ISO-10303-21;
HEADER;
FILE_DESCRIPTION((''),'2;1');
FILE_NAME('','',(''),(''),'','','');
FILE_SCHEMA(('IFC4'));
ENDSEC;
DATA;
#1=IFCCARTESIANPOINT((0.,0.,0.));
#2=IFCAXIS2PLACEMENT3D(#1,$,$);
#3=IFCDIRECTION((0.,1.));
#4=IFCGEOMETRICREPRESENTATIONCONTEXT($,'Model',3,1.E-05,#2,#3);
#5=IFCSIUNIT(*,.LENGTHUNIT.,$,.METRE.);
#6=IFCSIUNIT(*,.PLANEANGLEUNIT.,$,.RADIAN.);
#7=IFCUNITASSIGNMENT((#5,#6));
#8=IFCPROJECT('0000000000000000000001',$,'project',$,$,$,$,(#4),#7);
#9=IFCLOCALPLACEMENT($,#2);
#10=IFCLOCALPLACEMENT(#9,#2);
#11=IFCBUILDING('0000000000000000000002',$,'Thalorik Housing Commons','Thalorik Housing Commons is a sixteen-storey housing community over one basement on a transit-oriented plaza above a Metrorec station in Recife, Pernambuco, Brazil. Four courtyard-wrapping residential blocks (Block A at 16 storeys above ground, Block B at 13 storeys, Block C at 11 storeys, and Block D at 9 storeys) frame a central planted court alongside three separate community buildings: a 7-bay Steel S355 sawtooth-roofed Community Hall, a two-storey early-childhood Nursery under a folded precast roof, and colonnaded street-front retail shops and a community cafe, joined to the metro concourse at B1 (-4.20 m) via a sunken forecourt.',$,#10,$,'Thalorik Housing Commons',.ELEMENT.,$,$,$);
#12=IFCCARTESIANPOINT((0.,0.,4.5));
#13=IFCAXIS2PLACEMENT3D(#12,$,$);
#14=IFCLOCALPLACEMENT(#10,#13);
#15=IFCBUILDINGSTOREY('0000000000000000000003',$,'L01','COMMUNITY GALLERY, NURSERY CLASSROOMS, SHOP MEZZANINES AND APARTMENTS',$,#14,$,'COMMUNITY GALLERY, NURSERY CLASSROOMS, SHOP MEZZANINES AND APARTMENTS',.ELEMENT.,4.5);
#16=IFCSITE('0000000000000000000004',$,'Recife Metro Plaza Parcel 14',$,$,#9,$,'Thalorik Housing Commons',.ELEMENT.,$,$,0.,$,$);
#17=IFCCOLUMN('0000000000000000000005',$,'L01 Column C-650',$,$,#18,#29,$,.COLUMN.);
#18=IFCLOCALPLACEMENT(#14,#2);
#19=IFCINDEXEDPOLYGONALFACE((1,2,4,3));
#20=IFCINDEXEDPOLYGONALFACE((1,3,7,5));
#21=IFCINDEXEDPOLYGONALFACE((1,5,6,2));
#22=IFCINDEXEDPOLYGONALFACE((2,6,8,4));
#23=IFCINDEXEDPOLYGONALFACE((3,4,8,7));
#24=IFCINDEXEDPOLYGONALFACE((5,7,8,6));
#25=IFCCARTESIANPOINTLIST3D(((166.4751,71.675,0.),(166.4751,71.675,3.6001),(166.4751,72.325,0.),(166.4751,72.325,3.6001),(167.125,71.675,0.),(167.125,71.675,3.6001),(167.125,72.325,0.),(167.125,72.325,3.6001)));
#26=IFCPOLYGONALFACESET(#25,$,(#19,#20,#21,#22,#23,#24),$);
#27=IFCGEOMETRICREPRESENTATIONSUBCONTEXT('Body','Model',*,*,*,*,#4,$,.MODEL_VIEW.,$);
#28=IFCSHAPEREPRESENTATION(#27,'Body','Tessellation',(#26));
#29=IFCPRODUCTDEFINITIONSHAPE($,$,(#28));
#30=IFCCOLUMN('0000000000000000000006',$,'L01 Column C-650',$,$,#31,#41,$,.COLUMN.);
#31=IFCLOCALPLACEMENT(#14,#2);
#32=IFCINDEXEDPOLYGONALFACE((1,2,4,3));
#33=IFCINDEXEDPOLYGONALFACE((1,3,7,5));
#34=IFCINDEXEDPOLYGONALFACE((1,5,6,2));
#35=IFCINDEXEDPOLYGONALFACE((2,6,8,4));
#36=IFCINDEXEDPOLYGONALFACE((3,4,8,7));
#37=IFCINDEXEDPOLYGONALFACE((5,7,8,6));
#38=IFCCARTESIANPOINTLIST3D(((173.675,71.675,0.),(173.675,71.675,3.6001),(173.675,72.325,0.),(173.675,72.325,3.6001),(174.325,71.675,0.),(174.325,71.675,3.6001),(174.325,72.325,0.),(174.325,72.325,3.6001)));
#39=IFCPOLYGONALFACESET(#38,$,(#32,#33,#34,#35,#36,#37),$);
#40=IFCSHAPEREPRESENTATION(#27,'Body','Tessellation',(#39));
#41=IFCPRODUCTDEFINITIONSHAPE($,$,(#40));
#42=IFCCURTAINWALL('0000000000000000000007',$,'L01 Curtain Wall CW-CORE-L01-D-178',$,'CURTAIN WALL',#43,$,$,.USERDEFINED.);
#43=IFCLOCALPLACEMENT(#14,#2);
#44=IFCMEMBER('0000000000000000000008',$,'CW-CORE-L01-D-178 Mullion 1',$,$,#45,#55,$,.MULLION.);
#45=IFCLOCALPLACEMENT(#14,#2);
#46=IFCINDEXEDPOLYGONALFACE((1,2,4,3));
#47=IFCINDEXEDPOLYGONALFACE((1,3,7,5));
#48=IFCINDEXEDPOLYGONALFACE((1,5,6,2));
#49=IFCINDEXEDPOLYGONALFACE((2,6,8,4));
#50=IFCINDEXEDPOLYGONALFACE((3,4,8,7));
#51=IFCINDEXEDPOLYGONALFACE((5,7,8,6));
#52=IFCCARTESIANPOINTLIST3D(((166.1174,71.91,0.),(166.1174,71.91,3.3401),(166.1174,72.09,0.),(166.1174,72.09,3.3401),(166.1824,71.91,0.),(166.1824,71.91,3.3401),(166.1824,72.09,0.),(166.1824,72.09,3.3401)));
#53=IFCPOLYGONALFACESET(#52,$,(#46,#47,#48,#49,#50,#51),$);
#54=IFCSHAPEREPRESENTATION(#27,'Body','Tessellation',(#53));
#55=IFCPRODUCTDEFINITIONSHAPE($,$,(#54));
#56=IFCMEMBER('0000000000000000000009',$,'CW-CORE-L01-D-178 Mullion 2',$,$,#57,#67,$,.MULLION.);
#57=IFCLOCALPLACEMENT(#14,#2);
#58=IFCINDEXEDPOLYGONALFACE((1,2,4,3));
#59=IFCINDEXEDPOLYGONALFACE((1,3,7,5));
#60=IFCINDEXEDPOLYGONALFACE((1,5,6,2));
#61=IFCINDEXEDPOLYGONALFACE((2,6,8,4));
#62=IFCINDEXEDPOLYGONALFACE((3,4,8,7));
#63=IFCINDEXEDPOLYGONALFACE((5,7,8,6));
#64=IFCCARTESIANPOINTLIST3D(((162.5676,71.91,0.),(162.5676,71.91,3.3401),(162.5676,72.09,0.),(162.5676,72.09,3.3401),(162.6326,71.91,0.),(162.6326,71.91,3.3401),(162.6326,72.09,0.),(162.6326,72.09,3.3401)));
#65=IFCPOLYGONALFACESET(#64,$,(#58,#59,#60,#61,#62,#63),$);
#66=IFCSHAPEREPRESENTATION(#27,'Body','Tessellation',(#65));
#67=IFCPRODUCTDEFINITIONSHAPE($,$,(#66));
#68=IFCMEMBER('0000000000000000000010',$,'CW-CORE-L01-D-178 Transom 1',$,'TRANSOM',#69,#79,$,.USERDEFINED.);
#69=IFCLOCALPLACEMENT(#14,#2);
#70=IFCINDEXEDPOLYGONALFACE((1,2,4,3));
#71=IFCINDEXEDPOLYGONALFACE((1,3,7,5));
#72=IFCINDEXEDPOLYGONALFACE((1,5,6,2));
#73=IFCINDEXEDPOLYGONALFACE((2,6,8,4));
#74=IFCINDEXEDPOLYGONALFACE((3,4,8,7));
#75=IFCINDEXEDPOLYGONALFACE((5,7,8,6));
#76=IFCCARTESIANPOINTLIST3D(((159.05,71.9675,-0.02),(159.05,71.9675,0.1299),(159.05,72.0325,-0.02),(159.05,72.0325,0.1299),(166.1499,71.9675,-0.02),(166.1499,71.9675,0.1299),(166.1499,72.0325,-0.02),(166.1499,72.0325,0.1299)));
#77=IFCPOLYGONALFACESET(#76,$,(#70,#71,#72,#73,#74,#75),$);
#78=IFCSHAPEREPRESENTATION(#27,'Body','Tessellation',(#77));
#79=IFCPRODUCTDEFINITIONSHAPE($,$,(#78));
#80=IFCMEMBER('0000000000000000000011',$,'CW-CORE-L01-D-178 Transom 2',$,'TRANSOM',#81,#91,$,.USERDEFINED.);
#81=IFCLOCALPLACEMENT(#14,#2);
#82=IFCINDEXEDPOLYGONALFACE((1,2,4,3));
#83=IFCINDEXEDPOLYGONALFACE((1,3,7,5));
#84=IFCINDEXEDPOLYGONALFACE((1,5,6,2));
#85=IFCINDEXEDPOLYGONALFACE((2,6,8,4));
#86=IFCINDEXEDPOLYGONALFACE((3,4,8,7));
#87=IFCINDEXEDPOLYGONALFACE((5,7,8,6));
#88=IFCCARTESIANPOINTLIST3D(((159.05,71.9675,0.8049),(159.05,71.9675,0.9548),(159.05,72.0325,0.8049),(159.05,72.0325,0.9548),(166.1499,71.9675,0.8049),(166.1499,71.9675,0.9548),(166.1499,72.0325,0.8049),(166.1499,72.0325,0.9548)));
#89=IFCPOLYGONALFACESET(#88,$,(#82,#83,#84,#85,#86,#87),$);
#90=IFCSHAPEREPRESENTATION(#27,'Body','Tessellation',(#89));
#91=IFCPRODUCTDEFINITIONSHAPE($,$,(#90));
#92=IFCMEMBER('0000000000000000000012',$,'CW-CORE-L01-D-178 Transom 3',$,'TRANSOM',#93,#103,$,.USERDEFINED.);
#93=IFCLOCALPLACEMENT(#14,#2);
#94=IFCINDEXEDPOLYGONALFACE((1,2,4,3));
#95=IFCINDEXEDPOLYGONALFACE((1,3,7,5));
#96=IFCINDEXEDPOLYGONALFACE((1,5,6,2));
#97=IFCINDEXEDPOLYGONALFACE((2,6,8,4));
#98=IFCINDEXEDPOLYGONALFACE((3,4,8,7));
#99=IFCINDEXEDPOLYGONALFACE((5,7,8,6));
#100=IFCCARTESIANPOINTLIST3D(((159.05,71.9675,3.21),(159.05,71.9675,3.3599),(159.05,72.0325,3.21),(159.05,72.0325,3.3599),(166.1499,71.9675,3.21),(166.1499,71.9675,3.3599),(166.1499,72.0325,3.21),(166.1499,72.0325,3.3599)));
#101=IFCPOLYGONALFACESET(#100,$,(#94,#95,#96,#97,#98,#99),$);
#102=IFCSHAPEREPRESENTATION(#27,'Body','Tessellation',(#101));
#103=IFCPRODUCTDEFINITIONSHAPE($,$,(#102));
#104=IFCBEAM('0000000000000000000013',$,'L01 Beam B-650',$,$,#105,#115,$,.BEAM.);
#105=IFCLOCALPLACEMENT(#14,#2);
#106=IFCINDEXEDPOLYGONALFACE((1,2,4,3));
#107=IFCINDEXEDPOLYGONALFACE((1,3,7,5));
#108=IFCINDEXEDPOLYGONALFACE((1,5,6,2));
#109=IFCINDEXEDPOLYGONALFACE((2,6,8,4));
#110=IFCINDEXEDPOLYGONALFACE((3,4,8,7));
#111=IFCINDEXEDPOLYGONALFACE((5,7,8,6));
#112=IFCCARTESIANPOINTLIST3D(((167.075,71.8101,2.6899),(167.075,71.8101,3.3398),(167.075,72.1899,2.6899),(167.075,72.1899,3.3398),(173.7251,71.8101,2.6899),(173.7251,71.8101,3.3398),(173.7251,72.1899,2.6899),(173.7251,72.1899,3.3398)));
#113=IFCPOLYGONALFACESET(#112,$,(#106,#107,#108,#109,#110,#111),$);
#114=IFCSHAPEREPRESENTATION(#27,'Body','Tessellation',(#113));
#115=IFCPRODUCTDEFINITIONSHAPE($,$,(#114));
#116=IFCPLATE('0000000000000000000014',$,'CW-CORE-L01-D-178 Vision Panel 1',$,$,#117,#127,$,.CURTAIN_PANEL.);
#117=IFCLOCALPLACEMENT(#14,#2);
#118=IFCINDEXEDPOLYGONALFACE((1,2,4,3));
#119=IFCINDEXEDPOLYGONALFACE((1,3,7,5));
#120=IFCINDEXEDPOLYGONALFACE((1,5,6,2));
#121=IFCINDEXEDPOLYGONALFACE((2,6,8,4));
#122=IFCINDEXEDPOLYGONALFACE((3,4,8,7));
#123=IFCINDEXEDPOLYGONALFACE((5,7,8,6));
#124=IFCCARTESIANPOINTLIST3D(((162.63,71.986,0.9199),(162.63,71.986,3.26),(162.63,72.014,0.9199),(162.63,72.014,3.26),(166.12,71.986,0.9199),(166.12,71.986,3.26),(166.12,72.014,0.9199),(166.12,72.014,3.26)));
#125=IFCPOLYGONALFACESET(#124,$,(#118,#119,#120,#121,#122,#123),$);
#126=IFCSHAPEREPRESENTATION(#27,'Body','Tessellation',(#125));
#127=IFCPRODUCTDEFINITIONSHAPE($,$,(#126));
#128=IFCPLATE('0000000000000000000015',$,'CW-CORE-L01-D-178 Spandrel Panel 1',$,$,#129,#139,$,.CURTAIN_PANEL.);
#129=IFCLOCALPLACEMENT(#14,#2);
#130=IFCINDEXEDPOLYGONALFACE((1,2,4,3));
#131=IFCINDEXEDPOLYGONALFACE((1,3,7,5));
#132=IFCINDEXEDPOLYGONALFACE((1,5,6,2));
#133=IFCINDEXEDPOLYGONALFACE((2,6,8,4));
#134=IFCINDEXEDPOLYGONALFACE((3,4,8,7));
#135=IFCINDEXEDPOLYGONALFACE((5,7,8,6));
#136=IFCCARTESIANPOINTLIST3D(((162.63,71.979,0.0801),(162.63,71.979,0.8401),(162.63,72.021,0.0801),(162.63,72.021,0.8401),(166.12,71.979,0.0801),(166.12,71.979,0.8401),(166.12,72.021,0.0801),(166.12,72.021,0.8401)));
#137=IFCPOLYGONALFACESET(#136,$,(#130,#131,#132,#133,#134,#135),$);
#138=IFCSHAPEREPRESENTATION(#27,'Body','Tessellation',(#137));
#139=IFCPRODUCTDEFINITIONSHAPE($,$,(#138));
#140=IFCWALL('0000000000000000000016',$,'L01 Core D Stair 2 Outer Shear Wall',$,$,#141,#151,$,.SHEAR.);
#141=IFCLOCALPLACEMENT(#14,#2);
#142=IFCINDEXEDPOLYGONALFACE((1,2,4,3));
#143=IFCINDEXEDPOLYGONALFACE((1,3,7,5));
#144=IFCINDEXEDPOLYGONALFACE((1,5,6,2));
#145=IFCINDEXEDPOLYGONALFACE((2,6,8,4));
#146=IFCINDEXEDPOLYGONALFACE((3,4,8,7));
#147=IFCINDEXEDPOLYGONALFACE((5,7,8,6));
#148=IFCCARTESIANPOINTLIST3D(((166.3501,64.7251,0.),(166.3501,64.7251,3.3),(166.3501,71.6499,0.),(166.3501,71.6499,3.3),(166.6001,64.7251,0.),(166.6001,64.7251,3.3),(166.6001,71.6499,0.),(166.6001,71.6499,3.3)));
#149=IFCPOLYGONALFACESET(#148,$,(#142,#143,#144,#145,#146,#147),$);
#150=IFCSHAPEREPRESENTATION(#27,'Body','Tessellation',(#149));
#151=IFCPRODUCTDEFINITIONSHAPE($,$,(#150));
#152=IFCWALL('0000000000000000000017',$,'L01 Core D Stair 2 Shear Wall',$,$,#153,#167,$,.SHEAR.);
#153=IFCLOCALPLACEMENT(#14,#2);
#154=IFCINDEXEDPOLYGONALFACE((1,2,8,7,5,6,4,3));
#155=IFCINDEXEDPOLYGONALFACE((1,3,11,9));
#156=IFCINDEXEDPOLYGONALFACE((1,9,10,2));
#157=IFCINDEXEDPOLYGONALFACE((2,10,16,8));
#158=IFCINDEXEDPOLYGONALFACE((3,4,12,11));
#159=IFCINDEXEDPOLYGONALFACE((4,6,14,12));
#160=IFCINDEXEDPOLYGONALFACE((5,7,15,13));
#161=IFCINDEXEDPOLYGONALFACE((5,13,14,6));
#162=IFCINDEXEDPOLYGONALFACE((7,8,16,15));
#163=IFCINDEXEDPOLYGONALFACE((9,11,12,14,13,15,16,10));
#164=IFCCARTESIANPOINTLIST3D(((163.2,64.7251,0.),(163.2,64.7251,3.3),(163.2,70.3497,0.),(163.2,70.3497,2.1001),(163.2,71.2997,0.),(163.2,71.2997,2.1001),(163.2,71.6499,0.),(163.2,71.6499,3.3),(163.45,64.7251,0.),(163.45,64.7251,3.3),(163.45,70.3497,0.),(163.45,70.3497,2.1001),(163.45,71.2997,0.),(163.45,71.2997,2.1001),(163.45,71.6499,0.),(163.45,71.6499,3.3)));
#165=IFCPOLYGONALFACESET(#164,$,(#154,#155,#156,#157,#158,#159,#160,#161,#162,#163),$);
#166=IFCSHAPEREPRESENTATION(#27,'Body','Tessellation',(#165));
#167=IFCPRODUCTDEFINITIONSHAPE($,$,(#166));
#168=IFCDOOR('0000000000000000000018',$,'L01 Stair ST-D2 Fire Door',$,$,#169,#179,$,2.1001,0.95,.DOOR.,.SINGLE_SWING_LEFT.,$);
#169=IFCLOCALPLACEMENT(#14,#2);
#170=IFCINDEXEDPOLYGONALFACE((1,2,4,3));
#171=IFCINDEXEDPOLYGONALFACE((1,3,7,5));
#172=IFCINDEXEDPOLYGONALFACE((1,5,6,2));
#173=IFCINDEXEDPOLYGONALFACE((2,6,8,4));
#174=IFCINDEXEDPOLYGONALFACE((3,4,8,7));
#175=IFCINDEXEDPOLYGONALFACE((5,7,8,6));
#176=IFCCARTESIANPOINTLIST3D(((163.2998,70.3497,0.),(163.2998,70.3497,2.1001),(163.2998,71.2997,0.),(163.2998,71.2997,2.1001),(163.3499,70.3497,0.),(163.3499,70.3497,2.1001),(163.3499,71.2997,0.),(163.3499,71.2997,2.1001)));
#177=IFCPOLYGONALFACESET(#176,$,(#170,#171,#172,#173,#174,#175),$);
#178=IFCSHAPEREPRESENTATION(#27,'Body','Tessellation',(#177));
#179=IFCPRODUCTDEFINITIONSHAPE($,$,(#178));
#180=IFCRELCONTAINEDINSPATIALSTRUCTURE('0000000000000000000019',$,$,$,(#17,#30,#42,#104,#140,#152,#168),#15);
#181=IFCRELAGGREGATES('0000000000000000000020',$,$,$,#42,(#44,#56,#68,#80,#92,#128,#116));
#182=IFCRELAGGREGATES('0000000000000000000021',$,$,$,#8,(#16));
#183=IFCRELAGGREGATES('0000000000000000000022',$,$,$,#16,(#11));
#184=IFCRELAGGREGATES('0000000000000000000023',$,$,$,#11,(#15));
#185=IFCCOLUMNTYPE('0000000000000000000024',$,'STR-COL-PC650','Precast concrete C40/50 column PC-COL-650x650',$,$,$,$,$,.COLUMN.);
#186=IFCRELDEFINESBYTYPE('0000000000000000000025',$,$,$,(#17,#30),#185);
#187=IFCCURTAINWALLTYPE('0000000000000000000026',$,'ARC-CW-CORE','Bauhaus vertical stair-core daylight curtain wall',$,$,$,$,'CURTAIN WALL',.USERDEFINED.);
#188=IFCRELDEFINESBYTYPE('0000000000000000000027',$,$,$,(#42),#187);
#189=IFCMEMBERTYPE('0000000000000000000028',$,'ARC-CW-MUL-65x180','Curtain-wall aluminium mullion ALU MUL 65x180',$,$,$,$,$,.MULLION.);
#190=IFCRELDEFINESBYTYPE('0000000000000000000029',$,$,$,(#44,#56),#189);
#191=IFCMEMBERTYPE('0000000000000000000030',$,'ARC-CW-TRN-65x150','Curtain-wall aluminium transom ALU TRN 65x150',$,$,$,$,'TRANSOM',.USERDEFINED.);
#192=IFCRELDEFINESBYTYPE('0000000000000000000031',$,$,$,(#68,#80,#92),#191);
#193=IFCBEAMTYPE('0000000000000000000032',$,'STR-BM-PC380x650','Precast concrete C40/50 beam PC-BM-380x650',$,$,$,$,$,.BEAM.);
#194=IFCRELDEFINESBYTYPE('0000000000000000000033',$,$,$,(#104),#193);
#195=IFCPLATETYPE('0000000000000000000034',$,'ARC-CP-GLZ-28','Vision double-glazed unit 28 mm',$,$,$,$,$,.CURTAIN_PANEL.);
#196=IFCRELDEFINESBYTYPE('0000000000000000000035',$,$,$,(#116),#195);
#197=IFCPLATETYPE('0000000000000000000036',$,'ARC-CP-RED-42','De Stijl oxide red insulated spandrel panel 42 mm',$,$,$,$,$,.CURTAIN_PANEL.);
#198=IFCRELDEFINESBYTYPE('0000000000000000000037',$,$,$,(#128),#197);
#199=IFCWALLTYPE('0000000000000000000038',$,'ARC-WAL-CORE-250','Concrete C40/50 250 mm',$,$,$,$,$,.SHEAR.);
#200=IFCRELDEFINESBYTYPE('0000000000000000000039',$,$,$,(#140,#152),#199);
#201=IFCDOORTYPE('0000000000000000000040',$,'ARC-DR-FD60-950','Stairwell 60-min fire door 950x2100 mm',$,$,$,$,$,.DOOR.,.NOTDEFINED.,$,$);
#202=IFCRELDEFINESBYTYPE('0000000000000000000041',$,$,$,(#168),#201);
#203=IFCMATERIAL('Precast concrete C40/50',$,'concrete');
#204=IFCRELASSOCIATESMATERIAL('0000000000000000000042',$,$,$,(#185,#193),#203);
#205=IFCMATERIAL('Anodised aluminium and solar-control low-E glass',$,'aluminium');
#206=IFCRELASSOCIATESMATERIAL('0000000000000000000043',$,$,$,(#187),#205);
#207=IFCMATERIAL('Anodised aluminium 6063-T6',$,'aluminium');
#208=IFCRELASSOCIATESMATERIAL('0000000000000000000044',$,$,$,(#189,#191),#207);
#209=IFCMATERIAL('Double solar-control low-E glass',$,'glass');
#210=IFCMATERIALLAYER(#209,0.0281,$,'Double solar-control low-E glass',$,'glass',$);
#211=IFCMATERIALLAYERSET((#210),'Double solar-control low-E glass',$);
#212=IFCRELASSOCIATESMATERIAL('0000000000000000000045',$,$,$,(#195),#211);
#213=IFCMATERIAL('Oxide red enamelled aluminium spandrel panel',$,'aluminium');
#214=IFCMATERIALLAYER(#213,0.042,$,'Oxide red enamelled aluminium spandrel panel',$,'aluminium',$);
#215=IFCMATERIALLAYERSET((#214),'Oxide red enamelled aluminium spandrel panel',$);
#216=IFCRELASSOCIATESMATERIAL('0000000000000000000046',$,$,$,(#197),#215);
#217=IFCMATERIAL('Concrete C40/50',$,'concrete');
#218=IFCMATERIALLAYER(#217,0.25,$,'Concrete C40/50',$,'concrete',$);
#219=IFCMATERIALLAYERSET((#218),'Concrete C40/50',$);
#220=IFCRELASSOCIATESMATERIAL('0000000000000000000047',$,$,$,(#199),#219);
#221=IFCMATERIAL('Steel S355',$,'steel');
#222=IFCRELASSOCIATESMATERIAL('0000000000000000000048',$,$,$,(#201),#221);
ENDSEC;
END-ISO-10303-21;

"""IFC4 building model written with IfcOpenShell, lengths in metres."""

from ifc_helpers import new_model, si_unit, direction, frame, frame_2d, origin, origin_2d, place, context, subcontext, project, spatial, rectangle, extrude, material, layer, layer_set, material_profile, profile_set, type_object, element, fill, aggregate, save


model = new_model("IFC4")

# Units and contexts
model_context = context("Model", 3, precision=1e-05, world=origin(), true_north=direction((0.0, 1.0)))
body_context = subcontext(model_context, "Body", "Model", "MODEL_VIEW")
ifc_project = project(units=[si_unit("LENGTHUNIT", "METRE"), si_unit("PLANEANGLEUNIT", "RADIAN")], contexts=[model_context])

# Site, building, storey
site_placement = place(None, origin())
site = spatial("IfcSite", under=ifc_project, at=site_placement, Name="Recife Metro Plaza Parcel 14", LongName="Thalorik Housing Commons", CompositionType="ELEMENT", RefElevation=0.0)
building_placement = place(site_placement, origin())
building = spatial("IfcBuilding", under=site, at=building_placement, Name="Thalorik Housing Commons", Description="Thalorik Housing Commons is a sixteen-storey housing community over one basement on a transit-oriented plaza above a Metrorec station in Recife, Pernambuco, Brazil. Four courtyard-wrapping residential blocks (Block A at 16 storeys above ground, Block B at 13 storeys, Block C at 11 storeys, and Block D at 9 storeys) frame a central planted court alongside three separate community buildings: a 7-bay Steel S355 sawtooth-roofed Community Hall, a two-storey early-childhood Nursery under a folded precast roof, and colonnaded street-front retail shops and a community cafe, joined to the metro concourse at B1 (-4.20 m) via a sunken forecourt.", LongName="Thalorik Housing Commons", CompositionType="ELEMENT")
storey_placement = place(building_placement, frame((0.0, 0.0, 4.5)))
storey = spatial("IfcBuildingStorey", under=building, at=storey_placement, Name="L01", Description="COMMUNITY GALLERY, NURSERY CLASSROOMS, SHOP MEZZANINES AND APARTMENTS", LongName="COMMUNITY GALLERY, NURSERY CLASSROOMS, SHOP MEZZANINES AND APARTMENTS", CompositionType="ELEMENT", Elevation=4.5)

# Columns
ifc_material_1 = material(Name="Precast concrete C40/50", Category="concrete")
ifc_material_profile_1 = material_profile(ifc_material_1, rectangle(XDim=0.6499, YDim=0.6499, at=origin_2d()), Name="PC 650x650", Category="concrete")
ifc_profile_set_1 = profile_set([ifc_material_profile_1], Name="Precast concrete C40/50")
column_type = type_object("IfcColumnType", Name="STR-COL-PC650", Description="Precast concrete C40/50 column PC-COL-650x650", PredefinedType="COLUMN", material=ifc_profile_set_1)
for number, where, z_axis, x_axis, name in (
    (1, (166.8, 72.0, 0.0), (0.0, 0.0, 1.0), (1.0, 0.0, 0.0), "L01 Column C-650"),
    (2, (174.0, 72.0, 0.0), (0.0, 0.0, 1.0), (1.0, 0.0, 0.0), "L01 Column C-650"),
):
    element("IfcColumn", number, at=place(storey_placement, frame(where, z_axis=z_axis, x_axis=x_axis)), inside=storey, type_object=column_type, Name=name, PredefinedType="COLUMN", context=body_context, shape_type="SweptSolid", body=[
        extrude(rectangle(XDim=0.6499, YDim=0.6499, at=origin_2d()), origin(), (0.0, 0.0, 1.0), 3.6001),
    ])

# Curtain wall, members
ifc_material_2 = material(Name="Anodised aluminium and solar-control low-E glass", Category="aluminium")
curtain_wall_type = type_object("IfcCurtainWallType", Name="ARC-CW-CORE", Description="Bauhaus vertical stair-core daylight curtain wall", ElementType="CURTAIN WALL", PredefinedType="USERDEFINED", material=ifc_material_2)
curtain_wall_placement = place(storey_placement, origin())
curtain_wall = element("IfcCurtainWall", 3, at=curtain_wall_placement, inside=storey, type_object=curtain_wall_type, Name="L01 Curtain Wall CW-CORE-L01-D-178", ObjectType="CURTAIN WALL", PredefinedType="USERDEFINED")
ifc_material_3 = material(Name="Anodised aluminium 6063-T6", Category="aluminium")
ifc_material_profile_2 = material_profile(ifc_material_3, rectangle(XDim=0.0649, YDim=0.1799, at=origin_2d()), Name="ALU MUL 65x180", Category="aluminium")
ifc_profile_set_2 = profile_set([ifc_material_profile_2], Name="Anodised aluminium 6063-T6")
member_type_1 = type_object("IfcMemberType", Name="ARC-CW-MUL-65x180", Description="Curtain-wall aluminium mullion ALU MUL 65x180", PredefinedType="MULLION", material=ifc_profile_set_2)
member_1_placement = place(storey_placement, frame((166.1499, 72.0, 0.0), z_axis=(0.0, 0.0, 1.0), x_axis=(-1.0, 0.0, 0.0)))
member_1 = element("IfcMember", 4, at=member_1_placement, type_object=member_type_1, Name="CW-CORE-L01-D-178 Mullion 1", PredefinedType="MULLION", context=body_context, shape_type="SweptSolid", body=[
    extrude(rectangle(XDim=0.0649, YDim=0.1799, at=origin_2d()), origin(), (0.0, 0.0, 1.0), 3.3401),
])
member_2_placement = place(storey_placement, frame((162.6001, 72.0, 0.0), z_axis=(0.0, 0.0, 1.0), x_axis=(-1.0, 0.0, 0.0)))
member_2 = element("IfcMember", 5, at=member_2_placement, type_object=member_type_1, Name="CW-CORE-L01-D-178 Mullion 2", PredefinedType="MULLION", context=body_context, shape_type="SweptSolid", body=[
    extrude(rectangle(XDim=0.0649, YDim=0.1799, at=origin_2d()), origin(), (0.0, 0.0, 1.0), 3.3401),
])
ifc_material_profile_3 = material_profile(ifc_material_3, rectangle(XDim=0.0649, YDim=0.1499, at=origin_2d()), Name="ALU TRN 65x150", Category="aluminium")
ifc_profile_set_3 = profile_set([ifc_material_profile_3], Name="Anodised aluminium 6063-T6")
member_type_2 = type_object("IfcMemberType", Name="ARC-CW-TRN-65x150", Description="Curtain-wall aluminium transom ALU TRN 65x150", ElementType="TRANSOM", PredefinedType="USERDEFINED", material=ifc_profile_set_3)
member_3_placement = place(storey_placement, frame((166.1499, 72.0, 0.0549), z_axis=(-1.0, 0.0, 0.0), x_axis=(0.0, -1.0, 0.0)))
member_3 = element("IfcMember", 6, at=member_3_placement, type_object=member_type_2, Name="CW-CORE-L01-D-178 Transom 1", ObjectType="TRANSOM", PredefinedType="USERDEFINED", context=body_context, shape_type="SweptSolid", body=[
    extrude(rectangle(XDim=0.0649, YDim=0.1499, at=origin_2d()), origin(), (0.0, 0.0, 1.0), 7.0999),
])
member_4_placement = place(storey_placement, frame((166.1499, 72.0, 0.8799), z_axis=(-1.0, 0.0, 0.0), x_axis=(0.0, -1.0, 0.0)))
member_4 = element("IfcMember", 7, at=member_4_placement, type_object=member_type_2, Name="CW-CORE-L01-D-178 Transom 2", ObjectType="TRANSOM", PredefinedType="USERDEFINED", context=body_context, shape_type="SweptSolid", body=[
    extrude(rectangle(XDim=0.0649, YDim=0.1499, at=origin_2d()), origin(), (0.0, 0.0, 1.0), 7.0999),
])
member_5_placement = place(storey_placement, frame((166.1499, 72.0, 3.2849), z_axis=(-1.0, 0.0, 0.0), x_axis=(0.0, -1.0, 0.0)))
member_5 = element("IfcMember", 8, at=member_5_placement, type_object=member_type_2, Name="CW-CORE-L01-D-178 Transom 3", ObjectType="TRANSOM", PredefinedType="USERDEFINED", context=body_context, shape_type="SweptSolid", body=[
    extrude(rectangle(XDim=0.0649, YDim=0.1499, at=origin_2d()), origin(), (0.0, 0.0, 1.0), 7.0999),
])

# Beam
ifc_material_profile_4 = material_profile(ifc_material_1, rectangle(XDim=0.3799, YDim=0.6499, at=origin_2d()), Name="PC 380x650", Category="concrete")
ifc_profile_set_4 = profile_set([ifc_material_profile_4], Name="Precast concrete C40/50")
beam_type = type_object("IfcBeamType", Name="STR-BM-PC380x650", Description="Precast concrete C40/50 beam PC-BM-380x650", PredefinedType="BEAM", material=ifc_profile_set_4)
beam_placement = place(storey_placement, frame((167.075, 72.0, 3.0149), z_axis=(1.0, 0.0, 0.0), x_axis=(0.0, 1.0, 0.0)))
element("IfcBeam", 9, at=beam_placement, inside=storey, type_object=beam_type, Name="L01 Beam B-650", PredefinedType="BEAM", context=body_context, shape_type="SweptSolid", body=[
    extrude(rectangle(XDim=0.3799, YDim=0.6499, at=origin_2d()), origin(), (0.0, 0.0, 1.0), 6.6501),
])

# Plates
ifc_material_4 = material(Name="Double solar-control low-E glass", Category="glass")
ifc_layer_1 = layer(ifc_material_4, 0.0281, Name="Double solar-control low-E glass", Category="glass")
ifc_layer_set_1 = layer_set([ifc_layer_1], Name="Double solar-control low-E glass")
plate_type_1 = type_object("IfcPlateType", Name="ARC-CP-GLZ-28", Description="Vision double-glazed unit 28 mm", PredefinedType="CURTAIN_PANEL", material=ifc_layer_set_1)
plate_1_placement = place(storey_placement, frame((164.375, 72.0, 0.9199), z_axis=(0.0, 0.0, 1.0), x_axis=(-1.0, 0.0, 0.0)))
plate_1 = element("IfcPlate", 10, at=plate_1_placement, type_object=plate_type_1, Name="CW-CORE-L01-D-178 Vision Panel 1", PredefinedType="CURTAIN_PANEL", context=body_context, shape_type="SweptSolid", body=[
    extrude(rectangle(XDim=3.49, YDim=0.0281, at=origin_2d()), origin(), (0.0, 0.0, 1.0), 2.3401),
])
ifc_material_5 = material(Name="Oxide red enamelled aluminium spandrel panel", Category="aluminium")
ifc_layer_2 = layer(ifc_material_5, 0.042, Name="Oxide red enamelled aluminium spandrel panel", Category="aluminium")
ifc_layer_set_2 = layer_set([ifc_layer_2], Name="Oxide red enamelled aluminium spandrel panel")
plate_type_2 = type_object("IfcPlateType", Name="ARC-CP-RED-42", Description="De Stijl oxide red insulated spandrel panel 42 mm", PredefinedType="CURTAIN_PANEL", material=ifc_layer_set_2)
plate_2_placement = place(storey_placement, frame((164.375, 72.0, 0.0801), z_axis=(0.0, 0.0, 1.0), x_axis=(-1.0, 0.0, 0.0)))
plate_2 = element("IfcPlate", 11, at=plate_2_placement, type_object=plate_type_2, Name="CW-CORE-L01-D-178 Spandrel Panel 1", PredefinedType="CURTAIN_PANEL", context=body_context, shape_type="SweptSolid", body=[
    extrude(rectangle(XDim=3.49, YDim=0.042, at=origin_2d()), origin(), (0.0, 0.0, 1.0), 0.76),
])
aggregate(curtain_wall, [member_1, member_2, member_3, member_4, member_5, plate_2, plate_1])

# Wall
ifc_material_6 = material(Name="Concrete C40/50", Category="concrete")
ifc_layer_3 = layer(ifc_material_6, 0.25, Name="Concrete C40/50", Category="concrete")
ifc_layer_set_3 = layer_set([ifc_layer_3], Name="Concrete C40/50")
wall_type_1 = type_object("IfcWallType", Name="ARC-WAL-CORE-250", Description="Concrete C40/50 250 mm", PredefinedType="SHEAR", material=ifc_layer_set_3)
wall_1_placement = place(storey_placement, frame((166.4751, 71.6499, 0.0), z_axis=(0.0, 0.0, 1.0), x_axis=(0.0, -1.0, 0.0)))
element("IfcWall", 12, at=wall_1_placement, inside=storey, type_object=wall_type_1, Name="L01 Core D Stair 2 Outer Shear Wall", PredefinedType="SHEAR", context=body_context, shape_type="SweptSolid", body=[
    extrude(rectangle(XDim=6.9248, YDim=0.25, at=frame_2d((3.4624, 0.0))), origin(), (0.0, 0.0, 1.0), 3.3),
])

# Wall, opening, door
wall_2_placement = place(storey_placement, frame((163.325, 71.6499, 0.0), z_axis=(0.0, 0.0, 1.0), x_axis=(0.0, -1.0, 0.0)))
wall_2 = element("IfcWall", 13, at=wall_2_placement, inside=storey, type_object=wall_type_1, Name="L01 Core D Stair 2 Shear Wall", PredefinedType="SHEAR", context=body_context, shape_type="SweptSolid", body=[
    extrude(rectangle(XDim=6.9248, YDim=0.25, at=frame_2d((3.4624, 0.0))), origin(), (0.0, 0.0, 1.0), 3.3),
])
opening_1_placement = place(wall_2_placement, frame((0.3501, 0.0, 0.0)))
opening_1 = element("IfcOpeningElement", 14, at=opening_1_placement, cuts=wall_2, PredefinedType="OPENING", context=body_context, shape_type="SweptSolid", body=[
    extrude(rectangle(XDim=0.95, YDim=2.1001, at=frame_2d((0.4751, 1.05))), frame((0.0, 0.135, 0.0), z_axis=(0.0, -1.0, 0.0), x_axis=(1.0, 0.0, 0.0)), (0.0, 0.0, 1.0), 0.27),
])
ifc_material_7 = material(Name="Steel S355", Category="steel")
door_type = type_object("IfcDoorType", Name="ARC-DR-FD60-950", Description="Stairwell 60-min fire door 950x2100 mm", OperationType="NOTDEFINED", PredefinedType="DOOR", material=ifc_material_7)
door_placement = place(opening_1_placement, origin())
door = element("IfcDoor", 15, at=door_placement, inside=storey, type_object=door_type, Name="L01 Stair ST-D2 Fire Door", OperationType="SINGLE_SWING_LEFT", OverallHeight=2.1001, OverallWidth=0.95, PredefinedType="DOOR", context=body_context, shape_type="SweptSolid", body=[
    extrude(rectangle(XDim=0.95, YDim=2.1001, at=frame_2d((0.4751, 1.05))), frame((0.0, 0.0249, 0.0), z_axis=(0.0, -1.0, 0.0), x_axis=(1.0, 0.0, 0.0)), (0.0, 0.0, 1.0), 0.05),
])
fill(opening_1, door)

save(model, "model.ifc")
